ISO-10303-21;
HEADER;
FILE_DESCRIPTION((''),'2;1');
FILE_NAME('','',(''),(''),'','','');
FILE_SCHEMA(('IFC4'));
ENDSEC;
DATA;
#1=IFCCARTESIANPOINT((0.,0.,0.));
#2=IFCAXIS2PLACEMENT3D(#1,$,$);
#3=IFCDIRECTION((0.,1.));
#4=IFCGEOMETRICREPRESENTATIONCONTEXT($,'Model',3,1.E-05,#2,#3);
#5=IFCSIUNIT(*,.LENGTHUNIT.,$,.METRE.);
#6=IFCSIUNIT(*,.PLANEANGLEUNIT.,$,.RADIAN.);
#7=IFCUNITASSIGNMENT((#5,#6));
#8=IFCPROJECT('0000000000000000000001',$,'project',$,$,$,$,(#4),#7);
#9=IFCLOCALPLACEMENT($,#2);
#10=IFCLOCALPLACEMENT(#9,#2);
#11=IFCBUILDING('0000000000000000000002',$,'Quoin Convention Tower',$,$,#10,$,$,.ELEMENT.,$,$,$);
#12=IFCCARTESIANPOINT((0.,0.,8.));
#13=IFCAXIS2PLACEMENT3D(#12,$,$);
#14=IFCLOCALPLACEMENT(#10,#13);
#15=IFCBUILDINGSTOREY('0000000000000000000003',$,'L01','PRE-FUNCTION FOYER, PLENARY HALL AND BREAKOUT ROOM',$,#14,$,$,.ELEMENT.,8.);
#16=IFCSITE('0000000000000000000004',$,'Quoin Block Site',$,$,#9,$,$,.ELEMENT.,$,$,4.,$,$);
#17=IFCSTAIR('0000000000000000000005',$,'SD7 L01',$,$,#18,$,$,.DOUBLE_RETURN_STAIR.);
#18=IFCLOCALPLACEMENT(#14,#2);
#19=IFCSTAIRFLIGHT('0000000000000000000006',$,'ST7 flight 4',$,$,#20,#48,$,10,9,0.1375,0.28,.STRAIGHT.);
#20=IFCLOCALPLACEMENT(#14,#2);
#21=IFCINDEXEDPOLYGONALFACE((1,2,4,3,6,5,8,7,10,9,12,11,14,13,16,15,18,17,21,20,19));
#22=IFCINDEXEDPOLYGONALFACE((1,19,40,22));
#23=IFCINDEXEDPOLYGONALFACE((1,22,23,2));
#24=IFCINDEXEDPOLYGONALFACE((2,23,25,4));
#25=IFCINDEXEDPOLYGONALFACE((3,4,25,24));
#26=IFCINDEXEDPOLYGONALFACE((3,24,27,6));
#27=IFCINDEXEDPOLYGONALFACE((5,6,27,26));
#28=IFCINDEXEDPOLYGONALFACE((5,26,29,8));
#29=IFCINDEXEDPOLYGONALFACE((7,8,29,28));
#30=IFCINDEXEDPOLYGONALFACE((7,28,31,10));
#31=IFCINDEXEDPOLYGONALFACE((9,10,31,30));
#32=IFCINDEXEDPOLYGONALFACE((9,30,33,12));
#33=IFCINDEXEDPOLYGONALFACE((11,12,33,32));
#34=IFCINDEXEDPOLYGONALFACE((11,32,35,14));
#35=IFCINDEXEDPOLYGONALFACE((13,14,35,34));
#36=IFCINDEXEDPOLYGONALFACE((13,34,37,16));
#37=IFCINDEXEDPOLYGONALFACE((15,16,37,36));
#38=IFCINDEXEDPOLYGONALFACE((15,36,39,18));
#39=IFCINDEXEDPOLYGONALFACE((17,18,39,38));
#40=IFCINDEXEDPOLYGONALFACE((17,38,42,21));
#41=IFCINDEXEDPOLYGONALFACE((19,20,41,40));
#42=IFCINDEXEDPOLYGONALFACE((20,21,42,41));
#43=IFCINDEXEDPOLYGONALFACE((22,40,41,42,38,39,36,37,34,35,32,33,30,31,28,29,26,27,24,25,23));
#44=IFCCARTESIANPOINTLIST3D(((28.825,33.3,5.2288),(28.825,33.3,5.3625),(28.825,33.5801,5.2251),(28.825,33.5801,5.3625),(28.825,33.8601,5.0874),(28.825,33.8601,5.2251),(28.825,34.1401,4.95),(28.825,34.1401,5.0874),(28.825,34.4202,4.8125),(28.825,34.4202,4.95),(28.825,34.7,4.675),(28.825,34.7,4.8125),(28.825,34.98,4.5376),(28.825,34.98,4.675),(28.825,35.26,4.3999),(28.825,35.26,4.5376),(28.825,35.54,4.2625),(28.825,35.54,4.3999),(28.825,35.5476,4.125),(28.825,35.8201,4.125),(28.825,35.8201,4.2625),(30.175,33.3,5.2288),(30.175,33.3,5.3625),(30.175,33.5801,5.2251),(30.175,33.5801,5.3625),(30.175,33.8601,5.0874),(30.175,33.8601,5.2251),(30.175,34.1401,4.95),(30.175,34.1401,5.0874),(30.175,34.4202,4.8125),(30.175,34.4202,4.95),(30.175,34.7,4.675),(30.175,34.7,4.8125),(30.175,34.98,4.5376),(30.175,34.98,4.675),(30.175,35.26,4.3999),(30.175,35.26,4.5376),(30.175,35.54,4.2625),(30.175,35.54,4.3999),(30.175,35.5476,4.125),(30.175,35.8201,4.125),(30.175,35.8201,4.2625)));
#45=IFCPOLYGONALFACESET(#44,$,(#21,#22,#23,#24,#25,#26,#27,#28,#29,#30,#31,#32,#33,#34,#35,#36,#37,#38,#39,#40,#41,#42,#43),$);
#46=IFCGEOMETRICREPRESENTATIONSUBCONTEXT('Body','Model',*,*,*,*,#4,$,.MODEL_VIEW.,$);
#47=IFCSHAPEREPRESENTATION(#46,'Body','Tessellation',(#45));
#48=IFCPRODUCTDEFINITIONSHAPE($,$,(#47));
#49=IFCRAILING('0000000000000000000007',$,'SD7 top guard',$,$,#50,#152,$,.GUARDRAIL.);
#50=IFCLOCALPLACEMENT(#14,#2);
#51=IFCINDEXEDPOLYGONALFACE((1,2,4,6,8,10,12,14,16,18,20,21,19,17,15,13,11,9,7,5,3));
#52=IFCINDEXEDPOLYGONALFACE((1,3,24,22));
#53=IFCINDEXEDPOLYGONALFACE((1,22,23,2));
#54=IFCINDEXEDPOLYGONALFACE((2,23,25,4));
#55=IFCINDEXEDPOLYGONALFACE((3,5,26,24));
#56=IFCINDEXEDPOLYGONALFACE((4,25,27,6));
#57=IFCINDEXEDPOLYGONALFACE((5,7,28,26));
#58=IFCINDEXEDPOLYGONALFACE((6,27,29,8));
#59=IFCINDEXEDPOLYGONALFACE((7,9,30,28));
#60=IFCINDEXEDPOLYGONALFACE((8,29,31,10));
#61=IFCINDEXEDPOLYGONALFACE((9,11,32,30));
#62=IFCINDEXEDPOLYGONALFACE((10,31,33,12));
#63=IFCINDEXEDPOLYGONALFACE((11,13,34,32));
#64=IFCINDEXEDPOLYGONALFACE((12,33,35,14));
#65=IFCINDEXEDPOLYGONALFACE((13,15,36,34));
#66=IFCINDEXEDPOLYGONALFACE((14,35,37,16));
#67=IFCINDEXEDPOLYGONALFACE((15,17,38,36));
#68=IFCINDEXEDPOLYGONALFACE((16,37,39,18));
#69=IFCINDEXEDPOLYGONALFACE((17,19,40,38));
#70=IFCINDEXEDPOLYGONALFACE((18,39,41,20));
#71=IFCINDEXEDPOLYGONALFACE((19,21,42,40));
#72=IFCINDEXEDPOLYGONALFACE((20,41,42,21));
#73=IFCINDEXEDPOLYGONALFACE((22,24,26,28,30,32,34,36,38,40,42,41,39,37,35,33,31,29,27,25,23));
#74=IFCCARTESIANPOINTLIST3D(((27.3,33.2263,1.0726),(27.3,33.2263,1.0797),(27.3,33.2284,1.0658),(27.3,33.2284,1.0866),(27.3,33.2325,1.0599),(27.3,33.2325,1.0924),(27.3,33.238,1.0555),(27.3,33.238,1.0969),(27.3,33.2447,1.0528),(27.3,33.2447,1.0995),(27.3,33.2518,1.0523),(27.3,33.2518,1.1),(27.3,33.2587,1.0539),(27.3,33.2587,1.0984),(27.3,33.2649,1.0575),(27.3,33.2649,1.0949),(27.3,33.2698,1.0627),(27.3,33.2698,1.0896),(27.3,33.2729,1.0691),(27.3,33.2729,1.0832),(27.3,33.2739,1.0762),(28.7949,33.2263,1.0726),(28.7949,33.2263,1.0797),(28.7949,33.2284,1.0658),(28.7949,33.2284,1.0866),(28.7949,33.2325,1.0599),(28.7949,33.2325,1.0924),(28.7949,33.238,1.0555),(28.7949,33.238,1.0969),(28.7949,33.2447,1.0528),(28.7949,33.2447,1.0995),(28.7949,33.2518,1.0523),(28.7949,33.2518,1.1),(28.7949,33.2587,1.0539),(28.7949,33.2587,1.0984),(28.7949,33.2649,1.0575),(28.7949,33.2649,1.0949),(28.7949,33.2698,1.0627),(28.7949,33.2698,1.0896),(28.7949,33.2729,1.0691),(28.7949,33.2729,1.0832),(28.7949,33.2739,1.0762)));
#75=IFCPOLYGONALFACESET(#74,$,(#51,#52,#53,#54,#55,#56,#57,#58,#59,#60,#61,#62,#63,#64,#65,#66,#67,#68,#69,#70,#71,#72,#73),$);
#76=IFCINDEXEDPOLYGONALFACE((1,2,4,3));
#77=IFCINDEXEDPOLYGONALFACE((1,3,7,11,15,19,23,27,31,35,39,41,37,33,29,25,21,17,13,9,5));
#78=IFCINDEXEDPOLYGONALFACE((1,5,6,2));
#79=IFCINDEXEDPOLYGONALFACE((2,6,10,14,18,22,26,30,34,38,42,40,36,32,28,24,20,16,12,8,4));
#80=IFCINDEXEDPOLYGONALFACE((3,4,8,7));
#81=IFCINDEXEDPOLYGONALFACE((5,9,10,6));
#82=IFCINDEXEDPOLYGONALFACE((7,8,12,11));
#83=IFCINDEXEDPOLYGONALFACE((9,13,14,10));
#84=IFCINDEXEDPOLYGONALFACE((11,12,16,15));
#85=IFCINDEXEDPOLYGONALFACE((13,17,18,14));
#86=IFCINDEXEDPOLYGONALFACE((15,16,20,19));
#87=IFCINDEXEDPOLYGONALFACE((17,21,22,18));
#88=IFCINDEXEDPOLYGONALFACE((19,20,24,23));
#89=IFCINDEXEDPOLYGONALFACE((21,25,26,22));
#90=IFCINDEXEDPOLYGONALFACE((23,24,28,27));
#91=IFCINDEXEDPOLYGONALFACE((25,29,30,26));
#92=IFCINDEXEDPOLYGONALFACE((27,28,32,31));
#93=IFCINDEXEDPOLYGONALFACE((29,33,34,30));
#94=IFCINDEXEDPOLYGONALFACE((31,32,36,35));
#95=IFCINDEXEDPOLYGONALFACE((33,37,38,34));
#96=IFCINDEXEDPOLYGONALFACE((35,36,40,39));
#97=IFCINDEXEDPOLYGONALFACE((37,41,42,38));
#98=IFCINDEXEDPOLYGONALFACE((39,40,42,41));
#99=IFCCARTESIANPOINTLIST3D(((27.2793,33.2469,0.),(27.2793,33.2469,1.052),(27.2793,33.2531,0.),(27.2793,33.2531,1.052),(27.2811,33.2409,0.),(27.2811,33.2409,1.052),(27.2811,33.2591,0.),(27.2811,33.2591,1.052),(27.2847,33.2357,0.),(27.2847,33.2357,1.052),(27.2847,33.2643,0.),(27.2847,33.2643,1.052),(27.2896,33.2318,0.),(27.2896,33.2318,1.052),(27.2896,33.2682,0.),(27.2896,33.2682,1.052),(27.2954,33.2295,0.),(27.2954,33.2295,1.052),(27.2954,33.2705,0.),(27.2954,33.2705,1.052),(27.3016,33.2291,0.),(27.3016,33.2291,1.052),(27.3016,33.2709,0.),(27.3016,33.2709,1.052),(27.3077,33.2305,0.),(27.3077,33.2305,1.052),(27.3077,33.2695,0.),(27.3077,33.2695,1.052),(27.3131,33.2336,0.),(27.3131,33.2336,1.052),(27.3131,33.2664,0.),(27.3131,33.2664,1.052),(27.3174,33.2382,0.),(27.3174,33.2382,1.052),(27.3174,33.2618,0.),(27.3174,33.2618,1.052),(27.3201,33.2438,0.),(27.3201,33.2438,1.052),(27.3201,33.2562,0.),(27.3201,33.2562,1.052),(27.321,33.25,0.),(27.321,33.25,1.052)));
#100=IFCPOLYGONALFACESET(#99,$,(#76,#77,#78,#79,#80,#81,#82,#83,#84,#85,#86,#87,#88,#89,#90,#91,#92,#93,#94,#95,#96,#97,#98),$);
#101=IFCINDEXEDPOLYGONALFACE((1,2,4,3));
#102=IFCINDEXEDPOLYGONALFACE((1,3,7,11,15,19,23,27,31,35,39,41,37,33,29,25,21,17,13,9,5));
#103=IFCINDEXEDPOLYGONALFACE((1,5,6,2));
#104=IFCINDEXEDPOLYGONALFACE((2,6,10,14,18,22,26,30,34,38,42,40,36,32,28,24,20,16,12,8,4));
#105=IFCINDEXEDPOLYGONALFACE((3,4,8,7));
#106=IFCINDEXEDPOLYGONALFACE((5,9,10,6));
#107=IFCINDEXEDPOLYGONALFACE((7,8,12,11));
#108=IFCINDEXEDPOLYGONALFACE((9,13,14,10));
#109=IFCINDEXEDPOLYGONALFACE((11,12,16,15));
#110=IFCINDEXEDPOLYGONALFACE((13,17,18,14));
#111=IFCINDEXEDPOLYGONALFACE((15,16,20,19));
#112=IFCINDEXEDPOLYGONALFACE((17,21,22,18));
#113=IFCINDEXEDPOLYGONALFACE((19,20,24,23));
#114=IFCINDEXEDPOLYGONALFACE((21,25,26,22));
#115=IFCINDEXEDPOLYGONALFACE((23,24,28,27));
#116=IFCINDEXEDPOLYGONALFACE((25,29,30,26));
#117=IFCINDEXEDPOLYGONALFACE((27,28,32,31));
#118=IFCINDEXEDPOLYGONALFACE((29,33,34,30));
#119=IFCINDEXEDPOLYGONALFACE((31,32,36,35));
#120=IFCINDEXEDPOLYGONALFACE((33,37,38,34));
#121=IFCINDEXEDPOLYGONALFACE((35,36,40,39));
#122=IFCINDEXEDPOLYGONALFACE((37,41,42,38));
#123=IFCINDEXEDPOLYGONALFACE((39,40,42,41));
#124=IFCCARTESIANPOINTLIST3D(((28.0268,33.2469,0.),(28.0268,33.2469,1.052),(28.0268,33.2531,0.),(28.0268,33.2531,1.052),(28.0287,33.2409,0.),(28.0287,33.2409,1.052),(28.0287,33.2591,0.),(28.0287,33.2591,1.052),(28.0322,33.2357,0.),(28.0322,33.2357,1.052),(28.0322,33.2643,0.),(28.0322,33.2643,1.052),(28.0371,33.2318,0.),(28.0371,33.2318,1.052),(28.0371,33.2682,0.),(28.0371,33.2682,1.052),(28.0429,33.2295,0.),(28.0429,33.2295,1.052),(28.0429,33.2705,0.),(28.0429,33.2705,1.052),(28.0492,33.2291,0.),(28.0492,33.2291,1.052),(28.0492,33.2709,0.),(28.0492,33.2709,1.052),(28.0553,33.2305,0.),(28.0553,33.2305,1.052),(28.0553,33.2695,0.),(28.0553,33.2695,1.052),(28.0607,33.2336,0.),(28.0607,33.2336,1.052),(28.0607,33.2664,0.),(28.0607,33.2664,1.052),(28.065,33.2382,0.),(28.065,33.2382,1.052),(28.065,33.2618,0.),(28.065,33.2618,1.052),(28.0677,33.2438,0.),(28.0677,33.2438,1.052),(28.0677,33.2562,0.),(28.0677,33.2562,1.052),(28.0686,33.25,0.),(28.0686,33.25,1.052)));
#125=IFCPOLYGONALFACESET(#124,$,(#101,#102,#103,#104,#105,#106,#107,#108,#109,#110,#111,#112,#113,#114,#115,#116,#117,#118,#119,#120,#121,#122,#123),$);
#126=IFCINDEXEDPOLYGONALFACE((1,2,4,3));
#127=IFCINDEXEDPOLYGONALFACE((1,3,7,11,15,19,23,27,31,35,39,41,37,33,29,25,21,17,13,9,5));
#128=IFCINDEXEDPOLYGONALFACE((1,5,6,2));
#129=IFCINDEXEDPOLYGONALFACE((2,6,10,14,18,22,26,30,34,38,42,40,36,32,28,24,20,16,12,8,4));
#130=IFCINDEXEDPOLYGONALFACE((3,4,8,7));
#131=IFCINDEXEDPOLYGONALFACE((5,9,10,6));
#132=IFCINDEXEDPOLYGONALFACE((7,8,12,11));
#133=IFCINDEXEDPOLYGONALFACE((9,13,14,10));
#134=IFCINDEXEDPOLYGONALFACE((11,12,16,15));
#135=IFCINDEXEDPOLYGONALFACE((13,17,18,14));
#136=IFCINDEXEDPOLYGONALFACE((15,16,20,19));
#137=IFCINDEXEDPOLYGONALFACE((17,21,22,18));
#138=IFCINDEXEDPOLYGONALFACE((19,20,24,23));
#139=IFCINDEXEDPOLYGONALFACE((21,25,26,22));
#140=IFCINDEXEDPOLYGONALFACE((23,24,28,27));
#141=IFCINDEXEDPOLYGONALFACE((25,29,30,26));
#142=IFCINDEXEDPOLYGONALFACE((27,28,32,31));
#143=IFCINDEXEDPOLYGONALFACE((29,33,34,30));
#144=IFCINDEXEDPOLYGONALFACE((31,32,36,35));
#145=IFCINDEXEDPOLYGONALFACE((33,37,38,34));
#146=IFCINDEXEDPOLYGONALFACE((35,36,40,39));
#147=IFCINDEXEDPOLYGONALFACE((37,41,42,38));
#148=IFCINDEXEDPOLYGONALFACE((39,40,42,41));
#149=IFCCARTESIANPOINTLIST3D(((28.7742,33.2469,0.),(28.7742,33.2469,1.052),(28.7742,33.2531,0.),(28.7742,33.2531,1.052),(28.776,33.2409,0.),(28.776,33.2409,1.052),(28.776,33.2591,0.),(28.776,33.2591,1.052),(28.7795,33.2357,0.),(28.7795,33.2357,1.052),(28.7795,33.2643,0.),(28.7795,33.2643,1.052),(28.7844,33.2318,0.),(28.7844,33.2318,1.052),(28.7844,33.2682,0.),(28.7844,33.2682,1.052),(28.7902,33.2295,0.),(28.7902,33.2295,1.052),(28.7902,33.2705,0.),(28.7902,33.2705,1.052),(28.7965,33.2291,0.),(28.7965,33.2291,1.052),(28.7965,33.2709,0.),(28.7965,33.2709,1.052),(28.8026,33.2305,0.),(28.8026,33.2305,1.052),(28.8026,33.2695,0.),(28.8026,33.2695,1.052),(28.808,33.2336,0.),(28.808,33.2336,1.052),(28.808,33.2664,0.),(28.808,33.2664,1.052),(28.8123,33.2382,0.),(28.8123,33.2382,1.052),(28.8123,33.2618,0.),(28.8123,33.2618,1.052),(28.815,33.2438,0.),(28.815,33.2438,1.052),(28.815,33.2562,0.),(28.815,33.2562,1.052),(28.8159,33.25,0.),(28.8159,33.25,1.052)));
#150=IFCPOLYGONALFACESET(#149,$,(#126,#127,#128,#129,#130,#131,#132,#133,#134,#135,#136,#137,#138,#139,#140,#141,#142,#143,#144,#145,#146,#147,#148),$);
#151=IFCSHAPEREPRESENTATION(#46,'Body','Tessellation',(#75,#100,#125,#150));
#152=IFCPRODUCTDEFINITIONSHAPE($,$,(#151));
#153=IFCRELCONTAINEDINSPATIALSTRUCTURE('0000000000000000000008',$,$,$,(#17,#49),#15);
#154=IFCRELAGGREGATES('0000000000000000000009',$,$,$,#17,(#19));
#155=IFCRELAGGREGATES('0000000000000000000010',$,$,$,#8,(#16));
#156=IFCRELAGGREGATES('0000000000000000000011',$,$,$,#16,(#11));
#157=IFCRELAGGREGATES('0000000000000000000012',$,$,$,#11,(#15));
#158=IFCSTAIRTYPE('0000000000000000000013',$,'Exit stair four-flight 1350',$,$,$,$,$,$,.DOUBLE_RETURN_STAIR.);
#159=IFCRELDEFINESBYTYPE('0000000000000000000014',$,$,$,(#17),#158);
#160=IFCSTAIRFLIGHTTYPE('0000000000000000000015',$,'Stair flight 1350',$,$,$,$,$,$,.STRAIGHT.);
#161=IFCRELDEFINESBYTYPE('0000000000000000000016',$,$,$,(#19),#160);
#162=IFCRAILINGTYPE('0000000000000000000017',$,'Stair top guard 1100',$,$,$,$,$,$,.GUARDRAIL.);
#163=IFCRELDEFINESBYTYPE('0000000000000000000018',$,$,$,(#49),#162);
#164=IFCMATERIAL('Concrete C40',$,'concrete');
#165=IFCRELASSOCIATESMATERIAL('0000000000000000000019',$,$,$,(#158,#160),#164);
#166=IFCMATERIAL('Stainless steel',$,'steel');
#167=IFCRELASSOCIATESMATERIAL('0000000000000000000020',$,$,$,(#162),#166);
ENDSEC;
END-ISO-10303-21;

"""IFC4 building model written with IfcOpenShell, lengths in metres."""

from ifc_helpers import new_model, si_unit, direction, frame, origin, origin_2d, place, context, subcontext, project, spatial, polyline, circle, outline, extrude, material, type_object, element, aggregate, save


model = new_model("IFC4")

# Units and contexts
model_context = context("Model", 3, precision=1e-05, world=origin(), true_north=direction((0.0, 1.0)))
body_context = subcontext(model_context, "Body", "Model", "MODEL_VIEW")
ifc_project = project(units=[si_unit("LENGTHUNIT", "METRE"), si_unit("PLANEANGLEUNIT", "RADIAN")], contexts=[model_context])

# Site, building, storey
site_placement = place(None, origin())
site = spatial("IfcSite", under=ifc_project, at=site_placement, Name="Quoin Block Site", CompositionType="ELEMENT", RefElevation=4.0)
building_placement = place(site_placement, origin())
building = spatial("IfcBuilding", under=site, at=building_placement, Name="Quoin Convention Tower", CompositionType="ELEMENT")
storey_placement = place(building_placement, frame((0.0, 0.0, 8.0)))
storey = spatial("IfcBuildingStorey", under=building, at=storey_placement, Name="L01", Description="PRE-FUNCTION FOYER, PLENARY HALL AND BREAKOUT ROOM", CompositionType="ELEMENT", Elevation=8.0)

# Stair, stair flight
ifc_material_1 = material(Name="Concrete C40", Category="concrete")
stair_type = type_object("IfcStairType", Name="Exit stair four-flight 1350", PredefinedType="DOUBLE_RETURN_STAIR", material=ifc_material_1)
stair_placement = place(storey_placement, origin())
stair = element("IfcStair", 1, at=stair_placement, inside=storey, type_object=stair_type, Name="SD7 L01", PredefinedType="DOUBLE_RETURN_STAIR")
stair_flight_type = type_object("IfcStairFlightType", Name="Stair flight 1350", PredefinedType="STRAIGHT", material=ifc_material_1)
stair_flight_1_placement = place(storey_placement, frame((29.5, 35.8201, 4.125), z_axis=(0.0, 0.0, 1.0), x_axis=(0.0, -1.0, 0.0)))
stair_flight_1 = element("IfcStairFlight", 2, at=stair_flight_1_placement, type_object=stair_flight_type, Name="ST7 flight 4", NumberOfRisers=10, NumberOfTreads=9, PredefinedType="STRAIGHT", RiserHeight=0.1375, TreadLength=0.28, context=body_context, shape_type="SweptSolid", body=[
    extrude(outline(polyline([(0.0, 0.0), (0.0, 0.1375), (0.28, 0.1375), (0.28, 0.2749), (0.5601, 0.2749), (0.5601, 0.4126), (0.8401, 0.4126), (0.8401, 0.55), (1.1201, 0.55), (1.1201, 0.6875), (1.3999, 0.6875), (1.3999, 0.825), (1.6799, 0.825), (1.6799, 0.9624), (1.96, 0.9624), (1.96, 1.1001), (2.24, 1.1001), (2.24, 1.2375), (2.52, 1.2375), (2.52, 1.375), (2.52, 1.1038), (0.2725, 0.0), (0.0, 0.0)])), frame((0.0, 0.675, 0.0), z_axis=(0.0, -1.0, 0.0), x_axis=(1.0, 0.0, 0.0)), (0.0, 0.0, 1.0), 1.3501),
])
aggregate(stair, [stair_flight_1])

# Railing
ifc_material_2 = material(Name="Stainless steel", Category="steel")
railing_type_1 = type_object("IfcRailingType", Name="Stair top guard 1100", PredefinedType="GUARDRAIL", material=ifc_material_2)
railing_1_placement = place(storey_placement, frame((27.3, 33.25, 0.0)))
element("IfcRailing", 3, at=railing_1_placement, inside=storey, type_object=railing_type_1, Name="SD7 top guard", PredefinedType="GUARDRAIL", context=body_context, shape_type="SweptSolid", body=[
    extrude(circle(Radius=0.0239, at=origin_2d()), frame((0.0, 0.0, 1.0762), z_axis=(1.0, 0.0, 0.0), x_axis=(0.0, 1.0, 0.0)), (0.0, 0.0, 1.0), 1.4949),
    extrude(circle(Radius=0.021, at=origin_2d()), origin(), (0.0, 0.0, 1.0), 1.052),
    extrude(circle(Radius=0.021, at=origin_2d()), frame((0.7476, 0.0, 0.0)), (0.0, 0.0, 1.0), 1.052),
    extrude(circle(Radius=0.021, at=origin_2d()), frame((1.4949, 0.0, 0.0)), (0.0, 0.0, 1.0), 1.052),
])

save(model, "model.ifc")
